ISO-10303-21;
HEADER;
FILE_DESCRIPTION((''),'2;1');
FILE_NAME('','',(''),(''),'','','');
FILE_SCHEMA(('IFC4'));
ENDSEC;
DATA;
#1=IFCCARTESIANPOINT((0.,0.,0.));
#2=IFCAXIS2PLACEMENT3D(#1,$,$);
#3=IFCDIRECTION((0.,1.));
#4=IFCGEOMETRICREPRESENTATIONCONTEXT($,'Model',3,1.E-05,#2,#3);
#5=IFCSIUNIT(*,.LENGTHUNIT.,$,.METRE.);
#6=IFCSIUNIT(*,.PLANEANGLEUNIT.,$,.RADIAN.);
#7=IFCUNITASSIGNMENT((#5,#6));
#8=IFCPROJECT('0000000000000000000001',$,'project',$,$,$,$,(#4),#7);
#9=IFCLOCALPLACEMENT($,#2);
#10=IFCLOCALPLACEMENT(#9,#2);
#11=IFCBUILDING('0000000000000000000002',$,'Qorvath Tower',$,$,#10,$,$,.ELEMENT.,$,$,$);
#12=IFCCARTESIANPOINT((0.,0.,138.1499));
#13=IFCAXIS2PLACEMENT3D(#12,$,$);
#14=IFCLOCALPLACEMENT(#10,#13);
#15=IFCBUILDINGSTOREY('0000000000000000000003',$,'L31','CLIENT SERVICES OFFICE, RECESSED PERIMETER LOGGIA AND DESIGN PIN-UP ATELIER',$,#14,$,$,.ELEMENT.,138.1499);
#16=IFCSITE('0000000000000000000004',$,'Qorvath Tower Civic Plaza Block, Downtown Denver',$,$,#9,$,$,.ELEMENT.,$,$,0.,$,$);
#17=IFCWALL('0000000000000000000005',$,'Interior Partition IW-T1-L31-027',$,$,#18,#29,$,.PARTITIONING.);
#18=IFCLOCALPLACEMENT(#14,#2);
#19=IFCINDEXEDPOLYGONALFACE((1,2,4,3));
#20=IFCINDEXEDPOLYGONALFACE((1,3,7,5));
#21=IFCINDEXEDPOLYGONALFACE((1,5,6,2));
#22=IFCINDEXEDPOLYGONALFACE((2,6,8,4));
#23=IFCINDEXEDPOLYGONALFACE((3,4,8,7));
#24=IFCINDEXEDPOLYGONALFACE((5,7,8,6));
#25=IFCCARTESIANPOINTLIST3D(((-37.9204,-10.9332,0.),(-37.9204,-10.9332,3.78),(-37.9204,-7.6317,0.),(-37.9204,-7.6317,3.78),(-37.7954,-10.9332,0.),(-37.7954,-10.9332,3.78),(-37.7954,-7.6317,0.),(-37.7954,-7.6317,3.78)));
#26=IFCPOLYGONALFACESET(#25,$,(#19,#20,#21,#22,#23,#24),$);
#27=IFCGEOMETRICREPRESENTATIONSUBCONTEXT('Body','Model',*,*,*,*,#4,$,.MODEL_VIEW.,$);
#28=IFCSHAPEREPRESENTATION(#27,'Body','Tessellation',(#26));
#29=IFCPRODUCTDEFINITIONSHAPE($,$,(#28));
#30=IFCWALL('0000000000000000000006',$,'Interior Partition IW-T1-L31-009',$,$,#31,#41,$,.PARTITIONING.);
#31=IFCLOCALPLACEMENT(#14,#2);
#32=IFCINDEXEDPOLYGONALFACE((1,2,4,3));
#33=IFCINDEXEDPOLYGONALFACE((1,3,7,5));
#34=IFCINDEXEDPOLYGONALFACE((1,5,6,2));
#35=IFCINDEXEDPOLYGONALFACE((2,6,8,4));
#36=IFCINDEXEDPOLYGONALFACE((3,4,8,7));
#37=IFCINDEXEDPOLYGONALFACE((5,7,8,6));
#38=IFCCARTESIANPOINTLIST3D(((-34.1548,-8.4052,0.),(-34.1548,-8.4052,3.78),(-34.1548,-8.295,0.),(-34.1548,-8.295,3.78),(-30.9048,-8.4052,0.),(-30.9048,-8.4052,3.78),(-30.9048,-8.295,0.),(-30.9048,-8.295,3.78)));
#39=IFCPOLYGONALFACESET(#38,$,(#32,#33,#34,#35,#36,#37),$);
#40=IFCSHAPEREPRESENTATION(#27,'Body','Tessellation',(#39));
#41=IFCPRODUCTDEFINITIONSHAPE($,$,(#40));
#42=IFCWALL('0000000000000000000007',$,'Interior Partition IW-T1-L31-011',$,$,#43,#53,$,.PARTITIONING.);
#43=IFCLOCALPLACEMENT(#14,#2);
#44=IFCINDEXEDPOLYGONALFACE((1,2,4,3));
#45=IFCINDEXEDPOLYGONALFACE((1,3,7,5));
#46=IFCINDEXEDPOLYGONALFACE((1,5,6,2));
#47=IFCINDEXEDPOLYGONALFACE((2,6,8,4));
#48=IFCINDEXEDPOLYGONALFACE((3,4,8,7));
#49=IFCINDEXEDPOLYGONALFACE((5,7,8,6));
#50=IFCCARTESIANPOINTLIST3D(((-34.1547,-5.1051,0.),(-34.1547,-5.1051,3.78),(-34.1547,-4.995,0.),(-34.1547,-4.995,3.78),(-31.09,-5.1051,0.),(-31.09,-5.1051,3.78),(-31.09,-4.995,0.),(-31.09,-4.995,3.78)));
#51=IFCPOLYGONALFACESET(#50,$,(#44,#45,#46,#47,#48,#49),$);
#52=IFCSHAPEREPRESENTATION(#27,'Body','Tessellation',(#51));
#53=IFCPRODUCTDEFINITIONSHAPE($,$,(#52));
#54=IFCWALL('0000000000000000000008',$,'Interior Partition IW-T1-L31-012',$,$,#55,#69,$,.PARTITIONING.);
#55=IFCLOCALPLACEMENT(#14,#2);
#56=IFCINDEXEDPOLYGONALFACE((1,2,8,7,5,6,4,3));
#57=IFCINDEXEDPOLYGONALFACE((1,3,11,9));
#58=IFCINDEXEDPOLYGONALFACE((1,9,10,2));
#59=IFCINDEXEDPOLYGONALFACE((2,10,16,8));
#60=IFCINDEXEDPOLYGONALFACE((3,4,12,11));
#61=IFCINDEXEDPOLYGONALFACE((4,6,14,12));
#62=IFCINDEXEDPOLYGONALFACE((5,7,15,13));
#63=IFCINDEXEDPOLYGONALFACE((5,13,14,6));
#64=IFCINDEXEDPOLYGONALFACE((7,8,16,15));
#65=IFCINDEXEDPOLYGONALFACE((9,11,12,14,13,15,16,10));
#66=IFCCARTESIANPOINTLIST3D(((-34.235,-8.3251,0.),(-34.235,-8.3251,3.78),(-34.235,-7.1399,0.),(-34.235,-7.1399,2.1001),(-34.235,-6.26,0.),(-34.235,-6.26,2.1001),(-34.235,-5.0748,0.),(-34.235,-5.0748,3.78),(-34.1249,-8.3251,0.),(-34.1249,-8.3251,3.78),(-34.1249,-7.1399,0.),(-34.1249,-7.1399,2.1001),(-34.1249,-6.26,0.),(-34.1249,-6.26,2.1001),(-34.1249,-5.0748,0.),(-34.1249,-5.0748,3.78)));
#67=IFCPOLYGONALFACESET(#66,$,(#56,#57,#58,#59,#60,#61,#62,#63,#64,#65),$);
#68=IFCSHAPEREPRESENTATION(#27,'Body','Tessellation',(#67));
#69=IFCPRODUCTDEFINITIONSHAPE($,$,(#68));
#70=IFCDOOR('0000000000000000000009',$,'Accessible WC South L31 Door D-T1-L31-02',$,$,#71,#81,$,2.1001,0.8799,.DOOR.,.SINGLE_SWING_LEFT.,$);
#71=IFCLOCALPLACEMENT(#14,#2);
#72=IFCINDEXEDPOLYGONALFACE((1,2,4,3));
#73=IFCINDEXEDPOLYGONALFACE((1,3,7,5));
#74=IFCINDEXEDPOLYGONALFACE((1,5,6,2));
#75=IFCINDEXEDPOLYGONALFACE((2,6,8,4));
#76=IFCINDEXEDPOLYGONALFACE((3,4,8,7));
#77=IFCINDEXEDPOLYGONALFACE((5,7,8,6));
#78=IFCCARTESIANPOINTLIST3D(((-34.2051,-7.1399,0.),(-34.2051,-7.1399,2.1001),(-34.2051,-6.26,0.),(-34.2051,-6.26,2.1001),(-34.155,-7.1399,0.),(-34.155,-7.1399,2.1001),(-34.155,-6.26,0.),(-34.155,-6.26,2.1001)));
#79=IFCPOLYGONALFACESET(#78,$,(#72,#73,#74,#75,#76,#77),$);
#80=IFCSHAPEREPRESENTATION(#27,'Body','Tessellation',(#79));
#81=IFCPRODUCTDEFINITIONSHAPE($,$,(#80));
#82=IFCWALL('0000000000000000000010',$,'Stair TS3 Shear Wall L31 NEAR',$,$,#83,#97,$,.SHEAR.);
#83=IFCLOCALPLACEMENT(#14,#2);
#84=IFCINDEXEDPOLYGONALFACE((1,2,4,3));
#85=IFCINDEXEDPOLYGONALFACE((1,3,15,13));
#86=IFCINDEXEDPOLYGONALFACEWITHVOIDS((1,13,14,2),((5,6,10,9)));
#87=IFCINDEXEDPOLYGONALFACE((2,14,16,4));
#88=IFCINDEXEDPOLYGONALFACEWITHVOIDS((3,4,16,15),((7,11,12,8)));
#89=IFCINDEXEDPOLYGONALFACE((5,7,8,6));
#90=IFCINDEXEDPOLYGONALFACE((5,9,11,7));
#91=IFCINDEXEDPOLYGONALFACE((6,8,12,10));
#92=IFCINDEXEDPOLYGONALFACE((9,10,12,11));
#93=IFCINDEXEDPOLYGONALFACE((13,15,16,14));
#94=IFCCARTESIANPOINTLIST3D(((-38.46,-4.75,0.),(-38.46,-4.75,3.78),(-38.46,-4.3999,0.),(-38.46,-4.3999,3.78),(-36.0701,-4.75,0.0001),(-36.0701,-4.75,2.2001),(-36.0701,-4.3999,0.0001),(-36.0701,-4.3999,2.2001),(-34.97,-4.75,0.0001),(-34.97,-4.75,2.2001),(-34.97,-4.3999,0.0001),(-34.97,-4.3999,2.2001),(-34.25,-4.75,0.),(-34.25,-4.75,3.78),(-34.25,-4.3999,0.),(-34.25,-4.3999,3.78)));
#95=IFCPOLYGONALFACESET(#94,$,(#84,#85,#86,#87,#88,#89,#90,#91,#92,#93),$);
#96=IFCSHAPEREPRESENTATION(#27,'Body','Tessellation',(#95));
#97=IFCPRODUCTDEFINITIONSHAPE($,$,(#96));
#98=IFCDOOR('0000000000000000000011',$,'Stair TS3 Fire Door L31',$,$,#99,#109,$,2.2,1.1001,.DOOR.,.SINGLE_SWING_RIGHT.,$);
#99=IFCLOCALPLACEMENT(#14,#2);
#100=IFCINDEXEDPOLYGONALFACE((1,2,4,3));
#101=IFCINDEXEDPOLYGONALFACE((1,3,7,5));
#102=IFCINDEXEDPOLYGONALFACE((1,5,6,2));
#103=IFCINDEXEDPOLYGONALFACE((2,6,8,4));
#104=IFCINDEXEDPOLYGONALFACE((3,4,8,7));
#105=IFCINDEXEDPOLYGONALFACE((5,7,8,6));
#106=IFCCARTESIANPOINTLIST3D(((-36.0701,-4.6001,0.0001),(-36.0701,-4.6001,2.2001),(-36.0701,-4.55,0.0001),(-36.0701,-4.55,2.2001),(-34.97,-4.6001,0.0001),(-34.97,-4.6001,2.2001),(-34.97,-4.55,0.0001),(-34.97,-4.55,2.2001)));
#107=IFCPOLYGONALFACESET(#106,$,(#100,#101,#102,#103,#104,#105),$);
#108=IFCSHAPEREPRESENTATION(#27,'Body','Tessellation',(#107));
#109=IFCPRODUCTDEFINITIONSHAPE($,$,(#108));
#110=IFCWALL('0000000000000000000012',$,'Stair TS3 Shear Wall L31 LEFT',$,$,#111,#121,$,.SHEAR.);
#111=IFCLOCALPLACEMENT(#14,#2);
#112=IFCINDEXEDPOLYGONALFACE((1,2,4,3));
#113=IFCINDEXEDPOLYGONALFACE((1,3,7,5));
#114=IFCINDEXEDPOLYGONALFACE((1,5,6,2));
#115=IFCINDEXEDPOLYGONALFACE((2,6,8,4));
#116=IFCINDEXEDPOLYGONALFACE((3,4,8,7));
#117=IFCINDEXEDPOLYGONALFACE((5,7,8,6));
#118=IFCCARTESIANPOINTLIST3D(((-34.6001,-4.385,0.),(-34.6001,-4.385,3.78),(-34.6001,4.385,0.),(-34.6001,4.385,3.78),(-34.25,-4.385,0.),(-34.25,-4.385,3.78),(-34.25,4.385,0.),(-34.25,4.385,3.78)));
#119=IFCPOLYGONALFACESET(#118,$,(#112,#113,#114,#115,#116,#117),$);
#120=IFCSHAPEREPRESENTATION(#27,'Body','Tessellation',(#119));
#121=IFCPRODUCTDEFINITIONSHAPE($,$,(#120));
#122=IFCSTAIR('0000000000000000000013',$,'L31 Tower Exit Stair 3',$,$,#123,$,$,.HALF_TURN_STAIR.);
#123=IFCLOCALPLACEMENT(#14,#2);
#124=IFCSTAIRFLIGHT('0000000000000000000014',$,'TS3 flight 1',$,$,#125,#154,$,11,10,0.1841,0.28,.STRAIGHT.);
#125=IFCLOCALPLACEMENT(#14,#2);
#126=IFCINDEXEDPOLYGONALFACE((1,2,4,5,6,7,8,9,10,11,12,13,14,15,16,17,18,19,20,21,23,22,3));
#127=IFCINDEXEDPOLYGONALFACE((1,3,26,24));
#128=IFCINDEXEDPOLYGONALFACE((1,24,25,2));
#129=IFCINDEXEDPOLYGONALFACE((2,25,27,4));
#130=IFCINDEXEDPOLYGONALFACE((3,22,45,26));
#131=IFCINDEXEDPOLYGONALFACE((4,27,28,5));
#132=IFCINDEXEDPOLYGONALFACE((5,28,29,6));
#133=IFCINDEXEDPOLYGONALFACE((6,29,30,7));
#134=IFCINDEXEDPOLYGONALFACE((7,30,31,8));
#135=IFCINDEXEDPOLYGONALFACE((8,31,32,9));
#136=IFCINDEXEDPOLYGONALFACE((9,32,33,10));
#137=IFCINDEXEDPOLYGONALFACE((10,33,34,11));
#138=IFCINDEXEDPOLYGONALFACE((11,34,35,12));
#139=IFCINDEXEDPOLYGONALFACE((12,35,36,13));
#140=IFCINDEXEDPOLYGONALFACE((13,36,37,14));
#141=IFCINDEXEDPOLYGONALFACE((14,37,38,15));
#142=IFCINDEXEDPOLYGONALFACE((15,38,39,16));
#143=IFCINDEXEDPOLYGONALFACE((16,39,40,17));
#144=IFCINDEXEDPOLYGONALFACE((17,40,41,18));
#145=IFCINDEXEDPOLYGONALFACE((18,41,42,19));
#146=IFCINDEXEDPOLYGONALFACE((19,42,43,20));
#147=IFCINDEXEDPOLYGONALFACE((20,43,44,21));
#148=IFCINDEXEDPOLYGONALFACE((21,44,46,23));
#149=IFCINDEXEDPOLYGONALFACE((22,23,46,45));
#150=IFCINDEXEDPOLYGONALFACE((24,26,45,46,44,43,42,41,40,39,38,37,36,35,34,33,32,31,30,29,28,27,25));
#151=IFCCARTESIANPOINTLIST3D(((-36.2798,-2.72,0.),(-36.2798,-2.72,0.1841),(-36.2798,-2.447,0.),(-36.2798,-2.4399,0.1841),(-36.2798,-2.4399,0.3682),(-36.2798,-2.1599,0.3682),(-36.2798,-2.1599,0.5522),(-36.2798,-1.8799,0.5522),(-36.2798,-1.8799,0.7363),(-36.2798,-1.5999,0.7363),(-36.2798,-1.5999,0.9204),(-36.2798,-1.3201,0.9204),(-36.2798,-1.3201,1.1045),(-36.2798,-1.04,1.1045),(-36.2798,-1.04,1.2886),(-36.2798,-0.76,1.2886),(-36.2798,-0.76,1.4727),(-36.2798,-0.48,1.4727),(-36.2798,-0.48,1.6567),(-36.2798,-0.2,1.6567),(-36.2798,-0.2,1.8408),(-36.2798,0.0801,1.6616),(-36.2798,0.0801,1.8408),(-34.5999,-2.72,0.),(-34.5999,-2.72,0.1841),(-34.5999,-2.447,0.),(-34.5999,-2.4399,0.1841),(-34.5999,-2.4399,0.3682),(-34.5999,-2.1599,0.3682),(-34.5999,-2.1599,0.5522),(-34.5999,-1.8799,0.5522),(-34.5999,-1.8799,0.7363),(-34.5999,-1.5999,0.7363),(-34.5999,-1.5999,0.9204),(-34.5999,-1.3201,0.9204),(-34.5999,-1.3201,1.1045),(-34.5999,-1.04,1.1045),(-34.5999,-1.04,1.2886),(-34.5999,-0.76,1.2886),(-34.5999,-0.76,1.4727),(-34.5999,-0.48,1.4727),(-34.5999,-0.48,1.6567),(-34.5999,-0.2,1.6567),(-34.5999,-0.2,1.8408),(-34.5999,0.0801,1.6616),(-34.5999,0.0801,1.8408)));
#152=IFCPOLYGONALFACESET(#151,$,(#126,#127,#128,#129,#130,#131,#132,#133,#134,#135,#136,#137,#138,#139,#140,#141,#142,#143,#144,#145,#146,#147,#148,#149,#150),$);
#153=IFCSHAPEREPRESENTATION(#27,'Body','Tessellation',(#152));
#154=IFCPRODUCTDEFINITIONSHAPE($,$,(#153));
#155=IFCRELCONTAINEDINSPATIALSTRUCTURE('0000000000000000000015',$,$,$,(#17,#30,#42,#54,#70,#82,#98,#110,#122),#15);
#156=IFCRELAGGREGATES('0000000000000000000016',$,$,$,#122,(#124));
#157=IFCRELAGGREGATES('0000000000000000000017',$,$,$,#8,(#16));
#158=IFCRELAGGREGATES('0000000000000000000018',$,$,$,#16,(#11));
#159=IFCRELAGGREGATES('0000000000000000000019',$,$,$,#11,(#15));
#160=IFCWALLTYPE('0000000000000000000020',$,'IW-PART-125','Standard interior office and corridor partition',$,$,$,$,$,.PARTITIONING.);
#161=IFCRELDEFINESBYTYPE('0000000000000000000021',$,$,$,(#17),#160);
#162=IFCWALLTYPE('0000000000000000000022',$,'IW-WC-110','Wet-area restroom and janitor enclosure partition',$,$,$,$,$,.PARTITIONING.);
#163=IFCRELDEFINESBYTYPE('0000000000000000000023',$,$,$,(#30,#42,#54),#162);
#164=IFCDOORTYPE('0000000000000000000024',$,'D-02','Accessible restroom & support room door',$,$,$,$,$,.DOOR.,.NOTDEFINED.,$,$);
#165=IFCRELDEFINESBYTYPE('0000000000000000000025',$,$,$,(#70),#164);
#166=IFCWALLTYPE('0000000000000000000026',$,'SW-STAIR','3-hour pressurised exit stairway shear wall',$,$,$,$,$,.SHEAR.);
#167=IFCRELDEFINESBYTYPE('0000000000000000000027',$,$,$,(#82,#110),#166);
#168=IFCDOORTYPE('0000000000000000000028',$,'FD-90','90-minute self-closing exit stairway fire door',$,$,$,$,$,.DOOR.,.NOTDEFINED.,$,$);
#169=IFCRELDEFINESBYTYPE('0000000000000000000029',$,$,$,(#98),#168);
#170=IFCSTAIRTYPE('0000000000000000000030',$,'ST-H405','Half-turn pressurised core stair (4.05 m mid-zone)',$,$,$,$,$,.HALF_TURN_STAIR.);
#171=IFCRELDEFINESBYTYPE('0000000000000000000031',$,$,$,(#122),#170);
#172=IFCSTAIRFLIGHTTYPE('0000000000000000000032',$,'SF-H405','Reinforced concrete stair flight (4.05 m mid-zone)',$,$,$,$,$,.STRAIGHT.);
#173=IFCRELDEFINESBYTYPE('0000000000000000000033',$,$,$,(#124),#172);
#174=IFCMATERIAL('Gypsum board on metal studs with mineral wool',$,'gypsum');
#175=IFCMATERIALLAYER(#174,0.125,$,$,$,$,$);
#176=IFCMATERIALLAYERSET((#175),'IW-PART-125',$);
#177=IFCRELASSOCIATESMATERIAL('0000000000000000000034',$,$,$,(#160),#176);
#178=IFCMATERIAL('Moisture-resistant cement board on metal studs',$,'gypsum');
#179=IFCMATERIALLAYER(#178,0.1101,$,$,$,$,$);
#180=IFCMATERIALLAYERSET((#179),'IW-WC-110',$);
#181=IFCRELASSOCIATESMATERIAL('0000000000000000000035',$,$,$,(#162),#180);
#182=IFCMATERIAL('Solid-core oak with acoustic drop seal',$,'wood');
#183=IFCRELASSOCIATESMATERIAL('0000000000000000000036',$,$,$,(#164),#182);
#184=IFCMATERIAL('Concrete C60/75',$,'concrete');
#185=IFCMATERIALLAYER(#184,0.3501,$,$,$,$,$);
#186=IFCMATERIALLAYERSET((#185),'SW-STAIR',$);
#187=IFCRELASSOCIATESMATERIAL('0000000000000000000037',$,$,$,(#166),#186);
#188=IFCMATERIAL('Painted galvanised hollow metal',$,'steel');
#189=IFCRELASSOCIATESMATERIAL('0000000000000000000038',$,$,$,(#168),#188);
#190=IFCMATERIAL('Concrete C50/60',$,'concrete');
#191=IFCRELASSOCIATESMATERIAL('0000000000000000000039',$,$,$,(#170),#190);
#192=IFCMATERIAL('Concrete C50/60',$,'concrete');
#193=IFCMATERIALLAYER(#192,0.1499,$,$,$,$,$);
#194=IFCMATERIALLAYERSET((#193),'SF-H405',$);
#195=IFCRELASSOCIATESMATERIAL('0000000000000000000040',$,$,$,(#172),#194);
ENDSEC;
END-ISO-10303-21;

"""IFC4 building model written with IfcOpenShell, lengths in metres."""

from ifc_helpers import new_model, si_unit, direction, frame, frame_2d, origin, place, context, subcontext, project, spatial, polyline, rectangle, outline, extrude, material, layer, layer_set, type_object, element, fill, aggregate, save


model = new_model("IFC4")

# Units and contexts
model_context = context("Model", 3, precision=1e-05, world=origin(), true_north=direction((0.0, 1.0)))
body_context = subcontext(model_context, "Body", "Model", "MODEL_VIEW")
ifc_project = project(units=[si_unit("LENGTHUNIT", "METRE"), si_unit("PLANEANGLEUNIT", "RADIAN")], contexts=[model_context])

# Site, building, storey
site_placement = place(None, origin())
site = spatial("IfcSite", under=ifc_project, at=site_placement, Name="Qorvath Tower Civic Plaza Block, Downtown Denver", CompositionType="ELEMENT", RefElevation=0.0)
building_placement = place(site_placement, origin())
building = spatial("IfcBuilding", under=site, at=building_placement, Name="Qorvath Tower", CompositionType="ELEMENT")
storey_placement = place(building_placement, frame((0.0, 0.0, 138.1499)))
storey = spatial("IfcBuildingStorey", under=building, at=storey_placement, Name="L31", Description="CLIENT SERVICES OFFICE, RECESSED PERIMETER LOGGIA AND DESIGN PIN-UP ATELIER", CompositionType="ELEMENT", Elevation=138.1499)

# Walls
ifc_material_1 = material(Name="Gypsum board on metal studs with mineral wool", Category="gypsum")
ifc_layer_1 = layer(ifc_material_1, 0.125)
ifc_layer_set_1 = layer_set([ifc_layer_1], Name="IW-PART-125")
wall_type_1 = type_object("IfcWallType", Name="IW-PART-125", Description="Standard interior office and corridor partition", PredefinedType="PARTITIONING", material=ifc_layer_set_1)
wall_1_placement = place(storey_placement, frame((-37.8579, -7.6316, 0.0), z_axis=(0.0, 0.0, 1.0), x_axis=(0.0, -1.0, 0.0)))
element("IfcWall", 1, at=wall_1_placement, inside=storey, type_object=wall_type_1, Name="Interior Partition IW-T1-L31-027", PredefinedType="PARTITIONING", context=body_context, shape_type="SweptSolid", body=[
    extrude(rectangle(XDim=3.3015, YDim=0.125, at=frame_2d((1.6509, 0.0))), origin(), (0.0, 0.0, 1.0), 3.78),
])
ifc_material_2 = material(Name="Moisture-resistant cement board on metal studs", Category="gypsum")
ifc_layer_2 = layer(ifc_material_2, 0.1101)
ifc_layer_set_2 = layer_set([ifc_layer_2], Name="IW-WC-110")
wall_type_2 = type_object("IfcWallType", Name="IW-WC-110", Description="Wet-area restroom and janitor enclosure partition", PredefinedType="PARTITIONING", material=ifc_layer_set_2)
wall_2_placement = place(storey_placement, frame((-34.1548, -8.3501, 0.0), z_axis=(0.0, 0.0, 1.0), x_axis=(1.0, 0.0, 0.0)))
element("IfcWall", 2, at=wall_2_placement, inside=storey, type_object=wall_type_2, Name="Interior Partition IW-T1-L31-009", PredefinedType="PARTITIONING", context=body_context, shape_type="SweptSolid", body=[
    extrude(rectangle(XDim=3.25, YDim=0.1101, at=frame_2d((1.625, 0.0))), origin(), (0.0, 0.0, 1.0), 3.78),
])
wall_3_placement = place(storey_placement, frame((-31.0901, -5.05, 0.0), z_axis=(0.0, 0.0, 1.0), x_axis=(-1.0, 0.0, 0.0)))
element("IfcWall", 3, at=wall_3_placement, inside=storey, type_object=wall_type_2, Name="Interior Partition IW-T1-L31-011", PredefinedType="PARTITIONING", context=body_context, shape_type="SweptSolid", body=[
    extrude(rectangle(XDim=3.0647, YDim=0.1101, at=frame_2d((1.5322, 0.0))), origin(), (0.0, 0.0, 1.0), 3.78),
])

# Walls, openings, doors
wall_4_placement = place(storey_placement, frame((-34.1799, -5.075, 0.0), z_axis=(0.0, 0.0, 1.0), x_axis=(0.0, -1.0, 0.0)))
wall_4 = element("IfcWall", 4, at=wall_4_placement, inside=storey, type_object=wall_type_2, Name="Interior Partition IW-T1-L31-012", PredefinedType="PARTITIONING", context=body_context, shape_type="SweptSolid", body=[
    extrude(rectangle(XDim=3.2502, YDim=0.1101, at=frame_2d((1.625, 0.0))), origin(), (0.0, 0.0, 1.0), 3.78),
])
opening_1_placement = place(wall_4_placement, frame((1.1851, 0.0, 0.0)))
opening_1 = element("IfcOpeningElement", 5, at=opening_1_placement, cuts=wall_4, PredefinedType="OPENING", context=body_context, shape_type="SweptSolid", body=[
    extrude(rectangle(XDim=0.8799, YDim=2.1001, at=frame_2d((0.4399, 1.05))), frame((0.0, 0.0649, 0.0), z_axis=(0.0, -1.0, 0.0), x_axis=(1.0, 0.0, 0.0)), (0.0, 0.0, 1.0), 0.1301),
])
ifc_material_3 = material(Name="Solid-core oak with acoustic drop seal", Category="wood")
door_type_1 = type_object("IfcDoorType", Name="D-02", Description="Accessible restroom & support room door", OperationType="NOTDEFINED", PredefinedType="DOOR", material=ifc_material_3)
door_1_placement = place(opening_1_placement, origin())
door_1 = element("IfcDoor", 6, at=door_1_placement, inside=storey, type_object=door_type_1, Name="Accessible WC South L31 Door D-T1-L31-02", OperationType="SINGLE_SWING_LEFT", OverallHeight=2.1001, OverallWidth=0.8799, PredefinedType="DOOR", context=body_context, shape_type="SweptSolid", body=[
    extrude(rectangle(XDim=0.8799, YDim=2.1001, at=frame_2d((0.4399, 1.05))), frame((0.0, 0.0249, 0.0), z_axis=(0.0, -1.0, 0.0), x_axis=(1.0, 0.0, 0.0)), (0.0, 0.0, 1.0), 0.05),
])
fill(opening_1, door_1)
ifc_material_4 = material(Name="Concrete C60/75", Category="concrete")
ifc_layer_3 = layer(ifc_material_4, 0.3501)
ifc_layer_set_3 = layer_set([ifc_layer_3], Name="SW-STAIR")
wall_type_3 = type_object("IfcWallType", Name="SW-STAIR", Description="3-hour pressurised exit stairway shear wall", PredefinedType="SHEAR", material=ifc_layer_set_3)
wall_5_placement = place(storey_placement, frame((-38.46, -4.575, 0.0), z_axis=(0.0, 0.0, 1.0), x_axis=(1.0, 0.0, 0.0)))
wall_5 = element("IfcWall", 7, at=wall_5_placement, inside=storey, type_object=wall_type_3, Name="Stair TS3 Shear Wall L31 NEAR", PredefinedType="SHEAR", context=body_context, shape_type="SweptSolid", body=[
    extrude(rectangle(XDim=4.21, YDim=0.3501, at=frame_2d((2.105, 0.0))), origin(), (0.0, 0.0, 1.0), 3.78),
])
opening_2_placement = place(wall_5_placement, frame((2.3899, 0.0, 0.0)))
opening_2 = element("IfcOpeningElement", 8, at=opening_2_placement, cuts=wall_5, PredefinedType="OPENING", context=body_context, shape_type="SweptSolid", body=[
    extrude(rectangle(XDim=1.1001, YDim=2.2, at=frame_2d((0.55, 1.1001))), frame((0.0, 0.1851, 0.0), z_axis=(0.0, -1.0, 0.0), x_axis=(1.0, 0.0, 0.0)), (0.0, 0.0, 1.0), 0.3701),
])
ifc_material_5 = material(Name="Painted galvanised hollow metal", Category="steel")
door_type_2 = type_object("IfcDoorType", Name="FD-90", Description="90-minute self-closing exit stairway fire door", OperationType="NOTDEFINED", PredefinedType="DOOR", material=ifc_material_5)
door_2_placement = place(opening_2_placement, origin())
door_2 = element("IfcDoor", 9, at=door_2_placement, inside=storey, type_object=door_type_2, Name="Stair TS3 Fire Door L31", OperationType="SINGLE_SWING_RIGHT", OverallHeight=2.2, OverallWidth=1.1001, PredefinedType="DOOR", context=body_context, shape_type="SweptSolid", body=[
    extrude(rectangle(XDim=1.1001, YDim=2.2, at=frame_2d((0.55, 1.1001))), frame((0.0, 0.0249, 0.0), z_axis=(0.0, -1.0, 0.0), x_axis=(1.0, 0.0, 0.0)), (0.0, 0.0, 1.0), 0.05),
])
fill(opening_2, door_2)

# Wall
wall_6_placement = place(storey_placement, frame((-34.425, -4.385, 0.0), z_axis=(0.0, 0.0, 1.0), x_axis=(0.0, 1.0, 0.0)))
element("IfcWall", 10, at=wall_6_placement, inside=storey, type_object=wall_type_3, Name="Stair TS3 Shear Wall L31 LEFT", PredefinedType="SHEAR", context=body_context, shape_type="SweptSolid", body=[
    extrude(rectangle(XDim=8.77, YDim=0.3501, at=frame_2d((4.385, 0.0))), origin(), (0.0, 0.0, 1.0), 3.78),
])

# Stair, stair flight
ifc_material_6 = material(Name="Concrete C50/60", Category="concrete")
stair_type = type_object("IfcStairType", Name="ST-H405", Description="Half-turn pressurised core stair (4.05 m mid-zone)", PredefinedType="HALF_TURN_STAIR", material=ifc_material_6)
stair_placement = place(storey_placement, origin())
stair = element("IfcStair", 11, at=stair_placement, inside=storey, type_object=stair_type, Name="L31 Tower Exit Stair 3", PredefinedType="HALF_TURN_STAIR")
ifc_material_7 = material(Name="Concrete C50/60", Category="concrete")
ifc_layer_4 = layer(ifc_material_7, 0.1499)
ifc_layer_set_4 = layer_set([ifc_layer_4], Name="SF-H405")
stair_flight_type = type_object("IfcStairFlightType", Name="SF-H405", Description="Reinforced concrete stair flight (4.05 m mid-zone)", PredefinedType="STRAIGHT", material=ifc_layer_set_4)
stair_flight_placement = place(storey_placement, frame((-35.4399, -2.72, 0.0), z_axis=(0.0, 0.0, 1.0), x_axis=(0.0, 1.0, 0.0)))
stair_flight = element("IfcStairFlight", 12, at=stair_flight_placement, type_object=stair_flight_type, Name="TS3 flight 1", NumberOfRisers=11, NumberOfTreads=10, PredefinedType="STRAIGHT", RiserHeight=0.1841, TreadLength=0.28, context=body_context, shape_type="SweptSolid", body=[
    extrude(outline(polyline([(0.0, 0.0), (0.0, 0.1841), (0.28, 0.1841), (0.28, 0.3682), (0.5601, 0.3682), (0.5601, 0.5522), (0.8401, 0.5522), (0.8401, 0.7363), (1.1201, 0.7363), (1.1201, 0.9204), (1.3999, 0.9204), (1.3999, 1.1045), (1.6799, 1.1045), (1.6799, 1.2886), (1.96, 1.2886), (1.96, 1.4727), (2.24, 1.4727), (2.24, 1.6567), (2.52, 1.6567), (2.52, 1.8408), (2.8, 1.8408), (2.8, 2.0249), (2.8, 1.6616), (0.2729, 0.0), (0.0, 0.0)])), frame((0.0, 0.8398, 0.0), z_axis=(0.0, -1.0, 0.0), x_axis=(1.0, 0.0, 0.0)), (0.0, 0.0, 1.0), 1.6799),
])
aggregate(stair, [stair_flight])

save(model, "model.ifc")
